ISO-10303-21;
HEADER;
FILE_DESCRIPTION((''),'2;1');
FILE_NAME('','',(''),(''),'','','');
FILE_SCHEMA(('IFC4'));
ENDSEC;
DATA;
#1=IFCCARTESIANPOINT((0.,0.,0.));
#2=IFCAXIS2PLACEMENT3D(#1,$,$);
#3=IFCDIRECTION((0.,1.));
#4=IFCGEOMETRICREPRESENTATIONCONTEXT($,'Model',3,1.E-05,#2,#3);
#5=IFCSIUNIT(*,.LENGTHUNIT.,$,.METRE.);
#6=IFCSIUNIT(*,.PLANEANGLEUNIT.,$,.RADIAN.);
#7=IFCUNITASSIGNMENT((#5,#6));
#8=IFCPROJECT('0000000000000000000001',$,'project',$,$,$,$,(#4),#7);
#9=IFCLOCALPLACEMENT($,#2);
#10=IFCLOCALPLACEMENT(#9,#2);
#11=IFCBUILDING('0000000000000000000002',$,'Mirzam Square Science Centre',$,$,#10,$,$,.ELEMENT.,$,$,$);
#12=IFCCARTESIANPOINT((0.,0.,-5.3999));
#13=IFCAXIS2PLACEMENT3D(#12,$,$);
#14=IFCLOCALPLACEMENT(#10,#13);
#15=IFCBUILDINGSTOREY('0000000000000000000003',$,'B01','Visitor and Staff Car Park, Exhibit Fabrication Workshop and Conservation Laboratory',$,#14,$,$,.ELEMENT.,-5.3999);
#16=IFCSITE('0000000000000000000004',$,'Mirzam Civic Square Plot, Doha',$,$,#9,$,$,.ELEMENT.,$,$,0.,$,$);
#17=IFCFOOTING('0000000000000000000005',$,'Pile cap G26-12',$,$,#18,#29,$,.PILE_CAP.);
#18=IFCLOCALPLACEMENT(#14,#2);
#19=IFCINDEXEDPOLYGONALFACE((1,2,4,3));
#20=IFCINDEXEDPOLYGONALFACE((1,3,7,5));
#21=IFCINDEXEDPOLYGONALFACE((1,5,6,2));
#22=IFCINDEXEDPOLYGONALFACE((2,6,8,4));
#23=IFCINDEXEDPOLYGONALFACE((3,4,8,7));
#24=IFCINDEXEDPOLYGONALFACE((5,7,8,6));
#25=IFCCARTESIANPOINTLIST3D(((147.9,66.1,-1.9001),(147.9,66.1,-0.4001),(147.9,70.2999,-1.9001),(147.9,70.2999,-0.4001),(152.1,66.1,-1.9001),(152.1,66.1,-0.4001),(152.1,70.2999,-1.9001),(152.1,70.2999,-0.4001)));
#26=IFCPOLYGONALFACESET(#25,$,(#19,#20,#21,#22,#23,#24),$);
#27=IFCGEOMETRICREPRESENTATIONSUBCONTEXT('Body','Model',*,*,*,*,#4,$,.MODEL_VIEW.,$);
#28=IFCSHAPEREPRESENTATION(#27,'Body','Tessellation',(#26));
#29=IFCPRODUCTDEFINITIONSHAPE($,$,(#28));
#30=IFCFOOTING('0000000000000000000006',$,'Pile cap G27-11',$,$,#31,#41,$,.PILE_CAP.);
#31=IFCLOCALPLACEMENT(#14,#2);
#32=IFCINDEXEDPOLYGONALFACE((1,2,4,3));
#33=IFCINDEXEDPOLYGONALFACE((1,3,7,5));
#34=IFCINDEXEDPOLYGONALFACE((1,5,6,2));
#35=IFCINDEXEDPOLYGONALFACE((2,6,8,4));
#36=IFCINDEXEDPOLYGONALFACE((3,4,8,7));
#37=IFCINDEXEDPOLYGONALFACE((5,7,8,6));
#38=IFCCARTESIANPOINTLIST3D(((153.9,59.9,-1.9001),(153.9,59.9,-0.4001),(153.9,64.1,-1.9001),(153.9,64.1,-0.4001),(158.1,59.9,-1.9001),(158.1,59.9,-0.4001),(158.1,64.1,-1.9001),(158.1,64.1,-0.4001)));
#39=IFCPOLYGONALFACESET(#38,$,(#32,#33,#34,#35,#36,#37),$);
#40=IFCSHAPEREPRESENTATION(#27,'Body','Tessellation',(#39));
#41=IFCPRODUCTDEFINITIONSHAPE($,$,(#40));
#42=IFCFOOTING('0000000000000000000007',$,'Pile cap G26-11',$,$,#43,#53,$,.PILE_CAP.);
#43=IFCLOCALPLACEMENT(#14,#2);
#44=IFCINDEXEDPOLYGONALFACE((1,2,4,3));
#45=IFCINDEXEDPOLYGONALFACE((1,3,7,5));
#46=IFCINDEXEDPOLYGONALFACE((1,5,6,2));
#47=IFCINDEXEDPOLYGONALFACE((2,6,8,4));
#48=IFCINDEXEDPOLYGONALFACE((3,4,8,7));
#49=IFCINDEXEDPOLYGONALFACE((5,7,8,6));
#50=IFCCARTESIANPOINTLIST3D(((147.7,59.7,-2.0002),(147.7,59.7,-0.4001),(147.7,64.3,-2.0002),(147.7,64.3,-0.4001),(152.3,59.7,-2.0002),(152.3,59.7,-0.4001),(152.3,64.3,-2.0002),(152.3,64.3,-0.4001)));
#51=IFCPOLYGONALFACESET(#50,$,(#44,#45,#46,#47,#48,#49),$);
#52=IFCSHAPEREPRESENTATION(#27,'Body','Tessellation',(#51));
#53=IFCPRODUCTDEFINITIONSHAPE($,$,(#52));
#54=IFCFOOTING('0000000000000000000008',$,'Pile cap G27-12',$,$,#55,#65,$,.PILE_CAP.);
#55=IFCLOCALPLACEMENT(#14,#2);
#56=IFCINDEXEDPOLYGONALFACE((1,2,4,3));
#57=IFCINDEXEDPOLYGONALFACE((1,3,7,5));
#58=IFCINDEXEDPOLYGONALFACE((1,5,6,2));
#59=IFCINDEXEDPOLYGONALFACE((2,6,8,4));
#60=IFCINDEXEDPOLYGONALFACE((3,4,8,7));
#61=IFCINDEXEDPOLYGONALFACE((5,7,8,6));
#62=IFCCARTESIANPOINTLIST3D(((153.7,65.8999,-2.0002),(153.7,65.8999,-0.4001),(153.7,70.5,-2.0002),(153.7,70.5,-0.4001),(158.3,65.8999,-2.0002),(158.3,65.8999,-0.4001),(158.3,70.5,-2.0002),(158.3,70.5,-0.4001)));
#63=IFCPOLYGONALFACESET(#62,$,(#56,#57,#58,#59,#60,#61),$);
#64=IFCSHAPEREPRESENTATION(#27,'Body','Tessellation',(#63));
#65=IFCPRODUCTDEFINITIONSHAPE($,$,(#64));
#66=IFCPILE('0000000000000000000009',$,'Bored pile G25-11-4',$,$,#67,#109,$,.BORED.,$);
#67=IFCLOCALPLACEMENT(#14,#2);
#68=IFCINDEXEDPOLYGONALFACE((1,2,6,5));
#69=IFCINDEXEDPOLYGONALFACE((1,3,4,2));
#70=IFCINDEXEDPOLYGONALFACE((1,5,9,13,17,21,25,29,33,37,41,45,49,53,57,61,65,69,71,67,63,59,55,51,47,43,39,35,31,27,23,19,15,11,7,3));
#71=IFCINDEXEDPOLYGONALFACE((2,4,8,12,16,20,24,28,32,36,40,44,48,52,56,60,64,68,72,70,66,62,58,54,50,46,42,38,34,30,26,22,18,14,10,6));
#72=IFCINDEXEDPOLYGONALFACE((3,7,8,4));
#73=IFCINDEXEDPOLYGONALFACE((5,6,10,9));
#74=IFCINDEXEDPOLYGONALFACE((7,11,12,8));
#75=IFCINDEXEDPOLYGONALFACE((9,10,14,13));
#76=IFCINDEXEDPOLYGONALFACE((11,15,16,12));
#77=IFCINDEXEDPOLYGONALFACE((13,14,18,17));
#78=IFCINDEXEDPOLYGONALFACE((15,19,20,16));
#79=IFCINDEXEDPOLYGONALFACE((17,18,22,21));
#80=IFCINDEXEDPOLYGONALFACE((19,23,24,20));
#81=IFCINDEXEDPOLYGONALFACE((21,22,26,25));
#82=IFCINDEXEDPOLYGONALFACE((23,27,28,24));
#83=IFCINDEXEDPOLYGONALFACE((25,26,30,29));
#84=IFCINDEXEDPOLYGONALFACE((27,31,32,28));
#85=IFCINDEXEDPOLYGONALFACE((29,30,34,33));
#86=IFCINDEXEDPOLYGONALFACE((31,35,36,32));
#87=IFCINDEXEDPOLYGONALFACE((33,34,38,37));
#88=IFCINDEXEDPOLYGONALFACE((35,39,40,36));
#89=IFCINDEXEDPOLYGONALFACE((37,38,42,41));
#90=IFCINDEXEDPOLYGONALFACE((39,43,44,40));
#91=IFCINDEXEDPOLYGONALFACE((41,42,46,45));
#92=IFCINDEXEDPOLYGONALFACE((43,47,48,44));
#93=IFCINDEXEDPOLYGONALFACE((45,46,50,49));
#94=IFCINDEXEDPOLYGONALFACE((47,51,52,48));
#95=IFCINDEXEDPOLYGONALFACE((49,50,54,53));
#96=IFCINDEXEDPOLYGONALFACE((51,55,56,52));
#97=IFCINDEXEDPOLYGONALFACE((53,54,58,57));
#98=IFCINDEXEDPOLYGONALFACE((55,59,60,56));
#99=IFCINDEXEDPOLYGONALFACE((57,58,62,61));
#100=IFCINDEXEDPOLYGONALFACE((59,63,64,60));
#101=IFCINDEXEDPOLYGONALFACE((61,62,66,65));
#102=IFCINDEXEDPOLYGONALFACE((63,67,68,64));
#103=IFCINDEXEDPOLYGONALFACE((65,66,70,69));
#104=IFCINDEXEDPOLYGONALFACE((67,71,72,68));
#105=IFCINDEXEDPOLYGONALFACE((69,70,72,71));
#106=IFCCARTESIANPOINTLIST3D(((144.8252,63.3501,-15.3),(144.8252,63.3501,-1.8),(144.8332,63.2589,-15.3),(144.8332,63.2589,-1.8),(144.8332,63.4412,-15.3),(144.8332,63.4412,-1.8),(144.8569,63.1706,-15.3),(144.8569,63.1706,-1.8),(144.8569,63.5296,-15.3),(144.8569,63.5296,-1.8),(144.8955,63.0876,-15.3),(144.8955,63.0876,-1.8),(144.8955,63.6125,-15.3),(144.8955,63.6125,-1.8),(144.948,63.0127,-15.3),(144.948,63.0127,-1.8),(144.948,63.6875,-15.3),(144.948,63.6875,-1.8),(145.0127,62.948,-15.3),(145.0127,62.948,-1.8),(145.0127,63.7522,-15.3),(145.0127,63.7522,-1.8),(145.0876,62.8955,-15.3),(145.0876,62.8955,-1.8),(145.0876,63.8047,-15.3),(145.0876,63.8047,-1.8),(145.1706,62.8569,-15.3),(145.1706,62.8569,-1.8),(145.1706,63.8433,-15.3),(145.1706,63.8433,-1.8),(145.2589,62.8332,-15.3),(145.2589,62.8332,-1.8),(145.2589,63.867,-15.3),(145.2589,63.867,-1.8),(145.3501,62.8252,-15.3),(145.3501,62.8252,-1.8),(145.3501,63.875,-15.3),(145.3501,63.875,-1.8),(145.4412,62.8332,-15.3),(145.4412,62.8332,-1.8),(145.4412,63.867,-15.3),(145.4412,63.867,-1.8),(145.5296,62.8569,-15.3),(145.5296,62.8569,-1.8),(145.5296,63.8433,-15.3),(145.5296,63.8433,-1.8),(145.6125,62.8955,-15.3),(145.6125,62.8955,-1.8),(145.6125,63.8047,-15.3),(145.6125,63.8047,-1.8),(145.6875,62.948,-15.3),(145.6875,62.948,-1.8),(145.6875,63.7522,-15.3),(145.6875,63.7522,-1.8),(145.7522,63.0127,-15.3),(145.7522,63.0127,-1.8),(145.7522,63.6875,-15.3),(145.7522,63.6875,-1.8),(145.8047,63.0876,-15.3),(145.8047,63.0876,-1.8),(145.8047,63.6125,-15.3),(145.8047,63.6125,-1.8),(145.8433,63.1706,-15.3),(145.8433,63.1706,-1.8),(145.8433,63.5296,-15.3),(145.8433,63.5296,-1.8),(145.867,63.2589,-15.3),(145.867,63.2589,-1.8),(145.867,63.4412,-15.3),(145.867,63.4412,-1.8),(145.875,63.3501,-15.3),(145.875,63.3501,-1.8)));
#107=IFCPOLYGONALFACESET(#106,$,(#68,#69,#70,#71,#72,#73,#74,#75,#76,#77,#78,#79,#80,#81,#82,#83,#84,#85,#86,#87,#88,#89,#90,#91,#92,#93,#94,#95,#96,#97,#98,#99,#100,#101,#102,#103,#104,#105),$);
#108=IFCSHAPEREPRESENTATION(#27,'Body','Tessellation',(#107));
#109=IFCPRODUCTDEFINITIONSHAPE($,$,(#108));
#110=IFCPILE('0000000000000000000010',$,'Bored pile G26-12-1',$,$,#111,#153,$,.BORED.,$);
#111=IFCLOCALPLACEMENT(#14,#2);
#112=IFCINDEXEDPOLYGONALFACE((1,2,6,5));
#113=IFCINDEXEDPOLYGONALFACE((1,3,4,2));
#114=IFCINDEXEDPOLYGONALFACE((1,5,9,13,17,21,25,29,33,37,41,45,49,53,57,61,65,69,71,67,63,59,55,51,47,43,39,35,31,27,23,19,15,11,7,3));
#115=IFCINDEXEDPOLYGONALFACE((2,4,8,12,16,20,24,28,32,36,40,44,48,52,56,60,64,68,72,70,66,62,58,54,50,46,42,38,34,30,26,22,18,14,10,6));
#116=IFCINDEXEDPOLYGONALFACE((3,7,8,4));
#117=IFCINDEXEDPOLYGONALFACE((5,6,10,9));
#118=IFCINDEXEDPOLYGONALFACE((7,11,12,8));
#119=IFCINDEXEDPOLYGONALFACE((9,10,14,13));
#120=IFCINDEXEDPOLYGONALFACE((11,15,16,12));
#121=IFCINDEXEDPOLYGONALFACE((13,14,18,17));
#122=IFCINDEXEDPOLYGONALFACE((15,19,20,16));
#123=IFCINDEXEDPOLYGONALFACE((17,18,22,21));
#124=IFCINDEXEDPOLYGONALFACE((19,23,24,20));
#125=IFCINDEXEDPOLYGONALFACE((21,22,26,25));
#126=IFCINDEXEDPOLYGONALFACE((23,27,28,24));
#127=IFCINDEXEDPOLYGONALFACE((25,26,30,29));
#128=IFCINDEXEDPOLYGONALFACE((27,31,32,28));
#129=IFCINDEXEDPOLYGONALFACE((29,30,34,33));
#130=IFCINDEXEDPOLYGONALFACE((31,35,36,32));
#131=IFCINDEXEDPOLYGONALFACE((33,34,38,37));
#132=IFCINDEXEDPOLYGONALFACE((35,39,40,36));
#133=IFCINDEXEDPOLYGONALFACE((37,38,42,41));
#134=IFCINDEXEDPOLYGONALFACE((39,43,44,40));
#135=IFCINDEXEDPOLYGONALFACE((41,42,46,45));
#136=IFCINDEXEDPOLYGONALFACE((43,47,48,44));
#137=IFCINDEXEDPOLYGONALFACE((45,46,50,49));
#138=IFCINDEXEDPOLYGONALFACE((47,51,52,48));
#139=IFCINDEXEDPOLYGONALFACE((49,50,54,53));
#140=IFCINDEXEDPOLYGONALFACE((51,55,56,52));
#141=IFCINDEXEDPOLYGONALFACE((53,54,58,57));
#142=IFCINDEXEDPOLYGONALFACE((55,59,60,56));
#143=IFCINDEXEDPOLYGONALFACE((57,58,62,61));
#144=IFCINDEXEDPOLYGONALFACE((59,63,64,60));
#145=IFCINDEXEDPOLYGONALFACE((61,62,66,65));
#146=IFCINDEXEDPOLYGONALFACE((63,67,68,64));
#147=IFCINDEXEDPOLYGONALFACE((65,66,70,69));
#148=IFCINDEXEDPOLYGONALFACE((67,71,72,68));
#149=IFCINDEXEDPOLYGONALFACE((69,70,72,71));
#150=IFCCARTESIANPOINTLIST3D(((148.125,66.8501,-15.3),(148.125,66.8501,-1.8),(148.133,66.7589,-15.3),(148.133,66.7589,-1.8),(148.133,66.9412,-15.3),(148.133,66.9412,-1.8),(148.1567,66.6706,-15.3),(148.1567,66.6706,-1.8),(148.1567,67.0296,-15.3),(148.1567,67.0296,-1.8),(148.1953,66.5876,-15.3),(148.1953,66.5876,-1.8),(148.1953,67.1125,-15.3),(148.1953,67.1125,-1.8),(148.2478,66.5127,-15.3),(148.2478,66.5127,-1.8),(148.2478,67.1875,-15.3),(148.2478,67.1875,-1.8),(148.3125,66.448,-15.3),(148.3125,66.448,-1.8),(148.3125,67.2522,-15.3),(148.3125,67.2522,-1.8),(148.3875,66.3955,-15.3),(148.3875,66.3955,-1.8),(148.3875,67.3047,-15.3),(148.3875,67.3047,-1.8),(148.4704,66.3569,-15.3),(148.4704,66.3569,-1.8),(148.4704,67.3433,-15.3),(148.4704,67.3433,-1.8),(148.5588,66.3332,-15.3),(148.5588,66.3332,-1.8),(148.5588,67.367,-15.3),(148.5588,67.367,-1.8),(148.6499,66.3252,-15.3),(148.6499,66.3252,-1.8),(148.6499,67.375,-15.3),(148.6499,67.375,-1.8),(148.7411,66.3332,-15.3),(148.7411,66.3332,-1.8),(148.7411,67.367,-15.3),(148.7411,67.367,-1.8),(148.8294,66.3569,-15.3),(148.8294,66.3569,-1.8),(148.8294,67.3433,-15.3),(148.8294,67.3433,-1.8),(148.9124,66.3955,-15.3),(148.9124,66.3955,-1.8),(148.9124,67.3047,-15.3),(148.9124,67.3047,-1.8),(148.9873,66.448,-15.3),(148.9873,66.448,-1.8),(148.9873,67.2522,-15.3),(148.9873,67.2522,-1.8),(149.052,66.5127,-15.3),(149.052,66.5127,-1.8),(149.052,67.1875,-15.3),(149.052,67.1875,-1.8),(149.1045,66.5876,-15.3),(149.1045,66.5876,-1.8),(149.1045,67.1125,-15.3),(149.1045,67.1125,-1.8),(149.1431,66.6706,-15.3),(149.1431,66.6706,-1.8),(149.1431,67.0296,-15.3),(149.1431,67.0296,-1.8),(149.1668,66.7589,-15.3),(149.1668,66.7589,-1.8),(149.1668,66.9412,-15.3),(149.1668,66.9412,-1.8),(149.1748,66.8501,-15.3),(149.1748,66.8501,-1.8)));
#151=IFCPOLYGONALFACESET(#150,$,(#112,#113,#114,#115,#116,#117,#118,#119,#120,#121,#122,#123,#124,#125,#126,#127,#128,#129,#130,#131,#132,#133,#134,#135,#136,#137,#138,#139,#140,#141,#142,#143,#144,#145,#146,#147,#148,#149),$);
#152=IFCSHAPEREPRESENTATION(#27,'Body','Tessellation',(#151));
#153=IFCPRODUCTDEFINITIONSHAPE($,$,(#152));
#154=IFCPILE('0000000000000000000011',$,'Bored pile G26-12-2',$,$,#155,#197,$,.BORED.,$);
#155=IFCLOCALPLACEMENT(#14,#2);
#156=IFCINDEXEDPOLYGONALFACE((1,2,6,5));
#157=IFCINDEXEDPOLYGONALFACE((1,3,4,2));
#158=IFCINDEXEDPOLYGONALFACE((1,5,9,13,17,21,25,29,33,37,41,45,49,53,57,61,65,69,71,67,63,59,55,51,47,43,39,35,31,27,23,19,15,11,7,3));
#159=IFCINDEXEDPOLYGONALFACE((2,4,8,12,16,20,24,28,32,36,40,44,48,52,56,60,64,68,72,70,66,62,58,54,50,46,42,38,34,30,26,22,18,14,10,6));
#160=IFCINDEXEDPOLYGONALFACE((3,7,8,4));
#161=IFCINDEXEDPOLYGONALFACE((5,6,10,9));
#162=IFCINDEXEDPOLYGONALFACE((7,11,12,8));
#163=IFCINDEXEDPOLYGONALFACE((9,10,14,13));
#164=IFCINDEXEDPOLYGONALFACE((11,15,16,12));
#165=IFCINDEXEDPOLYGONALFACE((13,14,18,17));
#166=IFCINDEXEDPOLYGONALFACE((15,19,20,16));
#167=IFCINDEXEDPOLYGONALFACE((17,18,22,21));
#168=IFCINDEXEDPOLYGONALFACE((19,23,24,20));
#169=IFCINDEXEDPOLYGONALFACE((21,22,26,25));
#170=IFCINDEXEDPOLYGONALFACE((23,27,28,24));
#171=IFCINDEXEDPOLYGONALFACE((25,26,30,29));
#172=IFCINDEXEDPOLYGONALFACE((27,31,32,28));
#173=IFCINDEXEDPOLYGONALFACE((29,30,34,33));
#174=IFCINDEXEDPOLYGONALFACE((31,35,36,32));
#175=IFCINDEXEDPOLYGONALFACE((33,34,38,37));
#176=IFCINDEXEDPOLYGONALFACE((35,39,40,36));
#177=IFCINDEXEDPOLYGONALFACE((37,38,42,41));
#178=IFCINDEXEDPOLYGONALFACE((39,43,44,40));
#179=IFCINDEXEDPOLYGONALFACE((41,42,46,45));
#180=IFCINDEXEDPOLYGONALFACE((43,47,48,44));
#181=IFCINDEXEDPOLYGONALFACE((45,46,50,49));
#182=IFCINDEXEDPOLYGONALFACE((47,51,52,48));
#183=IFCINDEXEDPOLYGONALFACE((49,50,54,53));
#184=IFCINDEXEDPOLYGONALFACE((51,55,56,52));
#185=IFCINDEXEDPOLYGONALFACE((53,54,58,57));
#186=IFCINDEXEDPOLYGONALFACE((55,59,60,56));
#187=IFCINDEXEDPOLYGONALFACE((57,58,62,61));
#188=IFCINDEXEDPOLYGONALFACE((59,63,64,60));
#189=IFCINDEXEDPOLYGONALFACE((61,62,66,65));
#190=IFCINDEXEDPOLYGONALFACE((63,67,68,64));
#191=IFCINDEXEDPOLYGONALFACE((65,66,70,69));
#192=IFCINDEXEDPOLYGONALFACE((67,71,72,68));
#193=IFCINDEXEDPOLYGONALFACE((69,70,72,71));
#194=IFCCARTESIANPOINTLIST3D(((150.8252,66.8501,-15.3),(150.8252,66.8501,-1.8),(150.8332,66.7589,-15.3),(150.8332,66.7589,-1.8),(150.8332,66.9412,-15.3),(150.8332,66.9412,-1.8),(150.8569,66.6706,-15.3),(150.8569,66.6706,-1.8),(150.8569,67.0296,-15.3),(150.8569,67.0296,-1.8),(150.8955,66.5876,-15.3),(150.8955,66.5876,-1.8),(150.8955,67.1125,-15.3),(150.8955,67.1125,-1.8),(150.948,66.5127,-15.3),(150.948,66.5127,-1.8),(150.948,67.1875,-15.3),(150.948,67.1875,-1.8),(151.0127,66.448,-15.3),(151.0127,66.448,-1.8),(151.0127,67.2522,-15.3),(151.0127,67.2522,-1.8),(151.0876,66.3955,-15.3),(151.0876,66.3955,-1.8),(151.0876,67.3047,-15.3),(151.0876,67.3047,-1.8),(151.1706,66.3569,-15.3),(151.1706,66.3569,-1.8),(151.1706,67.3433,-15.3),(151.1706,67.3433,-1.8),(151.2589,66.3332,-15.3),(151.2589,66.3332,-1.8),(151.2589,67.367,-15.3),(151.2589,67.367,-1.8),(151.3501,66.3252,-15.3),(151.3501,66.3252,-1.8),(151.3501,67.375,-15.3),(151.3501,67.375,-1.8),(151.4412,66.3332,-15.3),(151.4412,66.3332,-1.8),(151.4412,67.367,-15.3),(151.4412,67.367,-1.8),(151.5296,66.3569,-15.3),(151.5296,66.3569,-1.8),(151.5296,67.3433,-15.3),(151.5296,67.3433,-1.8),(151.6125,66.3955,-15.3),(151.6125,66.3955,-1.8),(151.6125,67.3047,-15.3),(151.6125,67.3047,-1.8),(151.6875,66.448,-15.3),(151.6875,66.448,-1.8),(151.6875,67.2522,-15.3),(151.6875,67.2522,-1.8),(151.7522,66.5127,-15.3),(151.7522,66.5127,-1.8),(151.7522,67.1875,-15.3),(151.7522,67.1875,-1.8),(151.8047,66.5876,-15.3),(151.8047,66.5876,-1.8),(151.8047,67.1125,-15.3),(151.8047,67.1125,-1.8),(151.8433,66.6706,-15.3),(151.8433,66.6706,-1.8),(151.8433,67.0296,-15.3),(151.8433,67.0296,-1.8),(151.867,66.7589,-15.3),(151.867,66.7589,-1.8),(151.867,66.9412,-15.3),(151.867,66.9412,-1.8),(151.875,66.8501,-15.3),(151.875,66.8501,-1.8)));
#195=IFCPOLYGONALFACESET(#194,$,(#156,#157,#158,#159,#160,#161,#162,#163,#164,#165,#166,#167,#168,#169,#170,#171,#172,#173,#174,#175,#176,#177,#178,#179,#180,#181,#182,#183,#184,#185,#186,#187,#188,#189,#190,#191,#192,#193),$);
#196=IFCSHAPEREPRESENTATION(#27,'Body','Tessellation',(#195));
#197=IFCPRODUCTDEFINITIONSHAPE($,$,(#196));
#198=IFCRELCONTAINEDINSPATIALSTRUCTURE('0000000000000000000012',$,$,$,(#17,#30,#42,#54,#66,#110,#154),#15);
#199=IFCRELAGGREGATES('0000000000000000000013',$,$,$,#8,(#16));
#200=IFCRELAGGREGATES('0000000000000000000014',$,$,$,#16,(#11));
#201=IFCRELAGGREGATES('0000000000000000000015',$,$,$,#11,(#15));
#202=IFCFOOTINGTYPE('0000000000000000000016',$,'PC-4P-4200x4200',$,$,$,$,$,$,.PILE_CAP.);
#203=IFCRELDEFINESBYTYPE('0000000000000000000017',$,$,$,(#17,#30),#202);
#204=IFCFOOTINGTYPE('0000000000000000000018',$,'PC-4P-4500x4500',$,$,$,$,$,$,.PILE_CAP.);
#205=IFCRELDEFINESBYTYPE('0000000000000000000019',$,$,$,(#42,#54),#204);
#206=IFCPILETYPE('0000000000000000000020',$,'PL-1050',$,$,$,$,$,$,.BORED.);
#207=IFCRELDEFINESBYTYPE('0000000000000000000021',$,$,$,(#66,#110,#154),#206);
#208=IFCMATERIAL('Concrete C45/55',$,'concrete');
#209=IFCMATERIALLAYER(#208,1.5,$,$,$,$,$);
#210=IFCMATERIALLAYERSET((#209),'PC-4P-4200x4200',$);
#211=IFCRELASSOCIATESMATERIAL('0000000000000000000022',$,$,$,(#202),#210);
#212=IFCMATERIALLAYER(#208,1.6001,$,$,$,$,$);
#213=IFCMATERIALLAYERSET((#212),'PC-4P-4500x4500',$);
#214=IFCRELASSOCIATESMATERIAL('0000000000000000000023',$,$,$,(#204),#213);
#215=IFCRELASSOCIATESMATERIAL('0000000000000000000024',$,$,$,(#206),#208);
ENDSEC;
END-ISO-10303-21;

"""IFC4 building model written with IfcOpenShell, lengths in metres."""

from ifc_helpers import new_model, si_unit, direction, frame, origin, origin_2d, place, context, subcontext, project, spatial, rectangle, circle, extrude, material, layer, layer_set, material_profile, profile_set, type_object, element, save


model = new_model("IFC4")

# Units and contexts
model_context = context("Model", 3, precision=1e-05, world=origin(), true_north=direction((0.0, 1.0)))
body_context = subcontext(model_context, "Body", "Model", "MODEL_VIEW")
ifc_project = project(units=[si_unit("LENGTHUNIT", "METRE"), si_unit("PLANEANGLEUNIT", "RADIAN")], contexts=[model_context])

# Site, building, storey
site_placement = place(None, origin())
site = spatial("IfcSite", under=ifc_project, at=site_placement, Name="Mirzam Civic Square Plot, Doha", CompositionType="ELEMENT", RefElevation=0.0)
building_placement = place(site_placement, origin())
building = spatial("IfcBuilding", under=site, at=building_placement, Name="Mirzam Square Science Centre", CompositionType="ELEMENT")
storey_placement = place(building_placement, frame((0.0, 0.0, -5.3999)))
storey = spatial("IfcBuildingStorey", under=building, at=storey_placement, Name="B01", Description="Visitor and Staff Car Park, Exhibit Fabrication Workshop and Conservation Laboratory", CompositionType="ELEMENT", Elevation=-5.3999)

# Footings
ifc_material_1 = material(Name="Concrete C45/55", Category="concrete")
ifc_layer_1 = layer(ifc_material_1, 1.5)
ifc_layer_set_1 = layer_set([ifc_layer_1], Name="PC-4P-4200x4200")
footing_type_1 = type_object("IfcFootingType", Name="PC-4P-4200x4200", PredefinedType="PILE_CAP", material=ifc_layer_set_1)
for number, where, z_axis, x_axis, name in (
    (1, (150.0, 68.2, -1.9001), (0.0, 0.0, 1.0), (1.0, 0.0, 0.0), "Pile cap G26-12"),
    (2, (156.0, 62.0, -1.9001), (0.0, 0.0, 1.0), (1.0, 0.0, 0.0), "Pile cap G27-11"),
):
    element("IfcFooting", number, at=place(storey_placement, frame(where, z_axis=z_axis, x_axis=x_axis)), inside=storey, type_object=footing_type_1, Name=name, PredefinedType="PILE_CAP", context=body_context, shape_type="SweptSolid", body=[
        extrude(rectangle(XDim=4.2, YDim=4.2, at=origin_2d()), origin(), (0.0, 0.0, 1.0), 1.5),
    ])
ifc_layer_2 = layer(ifc_material_1, 1.6001)
ifc_layer_set_2 = layer_set([ifc_layer_2], Name="PC-4P-4500x4500")
footing_type_2 = type_object("IfcFootingType", Name="PC-4P-4500x4500", PredefinedType="PILE_CAP", material=ifc_layer_set_2)
for number, where, z_axis, x_axis, name in (
    (3, (150.0, 62.0, -2.0002), (0.0, 0.0, 1.0), (1.0, 0.0, 0.0), "Pile cap G26-11"),
    (4, (156.0, 68.2, -2.0002), (0.0, 0.0, 1.0), (1.0, 0.0, 0.0), "Pile cap G27-12"),
):
    element("IfcFooting", number, at=place(storey_placement, frame(where, z_axis=z_axis, x_axis=x_axis)), inside=storey, type_object=footing_type_2, Name=name, PredefinedType="PILE_CAP", context=body_context, shape_type="SweptSolid", body=[
        extrude(rectangle(XDim=4.6001, YDim=4.6001, at=origin_2d()), origin(), (0.0, 0.0, 1.0), 1.6001),
    ])

# Piles
ifc_material_profile_1 = material_profile(ifc_material_1, circle(Radius=0.5249, at=origin_2d()), Name="PILE-D1050")
ifc_profile_set_1 = profile_set([ifc_material_profile_1], Name="Concrete C45/55")
pile_type_1 = type_object("IfcPileType", Name="PL-1050", PredefinedType="BORED", material=ifc_profile_set_1)
for number, where, z_axis, x_axis, name in (
    (5, (145.3501, 63.3501, -1.8), (0.0, 0.0, -1.0), (1.0, 0.0, 0.0), "Bored pile G25-11-4"),
    (6, (148.6499, 66.8501, -1.8), (0.0, 0.0, -1.0), (1.0, 0.0, 0.0), "Bored pile G26-12-1"),
    (7, (151.3501, 66.8501, -1.8), (0.0, 0.0, -1.0), (1.0, 0.0, 0.0), "Bored pile G26-12-2"),
):
    element("IfcPile", number, at=place(storey_placement, frame(where, z_axis=z_axis, x_axis=x_axis)), inside=storey, type_object=pile_type_1, Name=name, PredefinedType="BORED", context=body_context, shape_type="SweptSolid", body=[
        extrude(circle(Radius=0.5249, at=origin_2d()), origin(), (0.0, 0.0, 1.0), 13.5),
    ])

save(model, "model.ifc")
